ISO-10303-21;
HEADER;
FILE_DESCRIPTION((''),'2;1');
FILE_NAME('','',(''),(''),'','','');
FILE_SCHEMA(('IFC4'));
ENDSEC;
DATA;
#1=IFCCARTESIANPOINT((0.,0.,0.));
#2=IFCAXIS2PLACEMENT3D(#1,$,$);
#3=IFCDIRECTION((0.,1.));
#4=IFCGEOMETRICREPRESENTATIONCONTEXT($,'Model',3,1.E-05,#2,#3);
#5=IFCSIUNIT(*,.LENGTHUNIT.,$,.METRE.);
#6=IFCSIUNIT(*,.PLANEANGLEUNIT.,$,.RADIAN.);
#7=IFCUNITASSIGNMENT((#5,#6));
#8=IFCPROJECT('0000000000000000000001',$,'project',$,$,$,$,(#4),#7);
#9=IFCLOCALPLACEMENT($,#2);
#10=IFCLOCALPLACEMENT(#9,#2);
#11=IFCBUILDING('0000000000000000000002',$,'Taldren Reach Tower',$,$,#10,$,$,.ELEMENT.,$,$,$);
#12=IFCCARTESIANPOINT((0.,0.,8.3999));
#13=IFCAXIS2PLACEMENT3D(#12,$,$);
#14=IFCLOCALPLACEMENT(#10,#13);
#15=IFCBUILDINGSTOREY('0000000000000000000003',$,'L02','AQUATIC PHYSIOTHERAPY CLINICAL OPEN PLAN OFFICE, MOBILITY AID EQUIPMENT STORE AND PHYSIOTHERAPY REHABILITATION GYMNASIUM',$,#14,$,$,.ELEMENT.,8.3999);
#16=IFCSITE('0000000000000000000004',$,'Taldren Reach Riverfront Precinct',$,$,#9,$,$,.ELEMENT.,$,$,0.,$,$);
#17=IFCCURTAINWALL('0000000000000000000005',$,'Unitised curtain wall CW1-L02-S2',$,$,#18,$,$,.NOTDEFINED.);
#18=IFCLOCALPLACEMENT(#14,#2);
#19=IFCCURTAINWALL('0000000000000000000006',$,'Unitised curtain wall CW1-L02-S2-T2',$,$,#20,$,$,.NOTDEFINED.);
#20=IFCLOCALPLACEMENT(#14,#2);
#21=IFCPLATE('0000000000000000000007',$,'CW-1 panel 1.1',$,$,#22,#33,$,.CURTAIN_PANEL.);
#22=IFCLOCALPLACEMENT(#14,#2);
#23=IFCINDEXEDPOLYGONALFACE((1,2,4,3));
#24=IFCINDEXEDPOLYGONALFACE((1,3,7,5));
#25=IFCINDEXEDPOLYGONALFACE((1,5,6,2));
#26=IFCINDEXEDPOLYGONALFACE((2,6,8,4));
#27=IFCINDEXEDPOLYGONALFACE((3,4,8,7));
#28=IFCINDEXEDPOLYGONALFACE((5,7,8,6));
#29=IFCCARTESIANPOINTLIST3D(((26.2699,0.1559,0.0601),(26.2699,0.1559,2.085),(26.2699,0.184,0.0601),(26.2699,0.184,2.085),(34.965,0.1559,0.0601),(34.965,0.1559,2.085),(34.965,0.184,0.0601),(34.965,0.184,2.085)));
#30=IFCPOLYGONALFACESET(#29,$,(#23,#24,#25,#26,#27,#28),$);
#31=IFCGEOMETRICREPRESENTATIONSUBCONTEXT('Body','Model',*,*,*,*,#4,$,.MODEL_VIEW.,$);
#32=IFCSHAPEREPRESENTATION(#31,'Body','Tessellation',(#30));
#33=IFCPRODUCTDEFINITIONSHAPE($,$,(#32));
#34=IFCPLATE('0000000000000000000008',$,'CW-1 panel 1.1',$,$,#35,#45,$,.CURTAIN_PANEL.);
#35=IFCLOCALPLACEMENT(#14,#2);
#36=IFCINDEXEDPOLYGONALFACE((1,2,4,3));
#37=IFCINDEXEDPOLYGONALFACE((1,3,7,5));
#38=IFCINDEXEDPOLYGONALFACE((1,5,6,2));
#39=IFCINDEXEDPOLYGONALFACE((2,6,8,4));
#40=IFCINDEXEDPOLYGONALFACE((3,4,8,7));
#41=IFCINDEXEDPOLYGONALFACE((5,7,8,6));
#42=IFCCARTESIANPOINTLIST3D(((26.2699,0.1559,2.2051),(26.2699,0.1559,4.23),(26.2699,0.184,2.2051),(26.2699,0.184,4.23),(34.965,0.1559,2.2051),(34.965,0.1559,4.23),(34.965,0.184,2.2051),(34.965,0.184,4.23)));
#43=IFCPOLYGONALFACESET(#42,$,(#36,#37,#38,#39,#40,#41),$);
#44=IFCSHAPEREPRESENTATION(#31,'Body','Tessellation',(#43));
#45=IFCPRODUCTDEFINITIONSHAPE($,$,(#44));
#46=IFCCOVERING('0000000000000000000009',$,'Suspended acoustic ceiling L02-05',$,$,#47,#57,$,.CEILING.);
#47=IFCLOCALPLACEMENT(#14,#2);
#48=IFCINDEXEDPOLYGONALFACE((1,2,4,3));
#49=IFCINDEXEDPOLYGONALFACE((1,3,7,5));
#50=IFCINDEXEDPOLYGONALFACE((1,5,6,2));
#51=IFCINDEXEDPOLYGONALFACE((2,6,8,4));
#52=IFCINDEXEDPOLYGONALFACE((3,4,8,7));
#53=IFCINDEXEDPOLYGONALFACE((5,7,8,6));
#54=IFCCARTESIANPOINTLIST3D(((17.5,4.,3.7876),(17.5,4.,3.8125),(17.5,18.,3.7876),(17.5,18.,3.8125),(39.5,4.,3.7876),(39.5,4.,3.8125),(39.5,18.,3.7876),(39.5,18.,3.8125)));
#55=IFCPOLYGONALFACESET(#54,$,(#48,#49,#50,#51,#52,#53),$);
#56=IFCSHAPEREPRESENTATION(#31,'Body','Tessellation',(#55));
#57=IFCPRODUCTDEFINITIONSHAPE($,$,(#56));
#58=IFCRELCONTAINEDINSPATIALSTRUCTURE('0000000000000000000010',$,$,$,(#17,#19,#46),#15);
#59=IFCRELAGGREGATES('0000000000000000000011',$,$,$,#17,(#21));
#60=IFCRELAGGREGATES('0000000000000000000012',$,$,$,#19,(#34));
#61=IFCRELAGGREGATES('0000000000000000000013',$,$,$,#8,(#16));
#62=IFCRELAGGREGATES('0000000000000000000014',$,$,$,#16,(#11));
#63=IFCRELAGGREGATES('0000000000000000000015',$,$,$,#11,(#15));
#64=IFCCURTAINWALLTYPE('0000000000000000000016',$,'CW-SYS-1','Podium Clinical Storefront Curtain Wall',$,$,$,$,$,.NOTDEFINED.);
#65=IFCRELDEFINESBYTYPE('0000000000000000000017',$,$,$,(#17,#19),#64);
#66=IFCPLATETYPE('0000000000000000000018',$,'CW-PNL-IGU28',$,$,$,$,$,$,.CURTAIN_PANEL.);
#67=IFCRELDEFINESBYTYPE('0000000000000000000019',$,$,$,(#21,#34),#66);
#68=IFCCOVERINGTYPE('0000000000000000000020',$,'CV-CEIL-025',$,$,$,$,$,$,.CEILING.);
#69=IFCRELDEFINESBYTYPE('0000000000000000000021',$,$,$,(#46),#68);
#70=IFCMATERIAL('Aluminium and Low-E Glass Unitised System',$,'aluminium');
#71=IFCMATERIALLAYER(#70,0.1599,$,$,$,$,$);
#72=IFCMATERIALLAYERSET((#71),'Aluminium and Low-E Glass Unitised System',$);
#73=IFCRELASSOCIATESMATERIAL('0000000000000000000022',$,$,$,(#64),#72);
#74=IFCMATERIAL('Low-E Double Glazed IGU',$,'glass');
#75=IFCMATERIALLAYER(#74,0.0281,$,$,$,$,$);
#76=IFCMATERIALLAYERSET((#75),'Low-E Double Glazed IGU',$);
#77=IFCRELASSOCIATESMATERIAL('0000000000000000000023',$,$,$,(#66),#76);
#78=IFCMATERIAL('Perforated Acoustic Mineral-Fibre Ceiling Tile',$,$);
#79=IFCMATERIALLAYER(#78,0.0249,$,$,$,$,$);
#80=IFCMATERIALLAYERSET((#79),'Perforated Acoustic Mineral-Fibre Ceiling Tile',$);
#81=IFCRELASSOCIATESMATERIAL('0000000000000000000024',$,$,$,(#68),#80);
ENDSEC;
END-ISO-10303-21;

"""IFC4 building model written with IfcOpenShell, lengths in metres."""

from ifc_helpers import new_model, si_unit, direction, frame, origin, origin_2d, place, context, subcontext, project, spatial, rectangle, extrude, source, transform, mapped, material, layer, layer_set, type_object, element, aggregate, save


model = new_model("IFC4")

# Units and contexts
model_context = context("Model", 3, precision=1e-05, world=origin(), true_north=direction((0.0, 1.0)))
body_context = subcontext(model_context, "Body", "Model", "MODEL_VIEW")
ifc_project = project(units=[si_unit("LENGTHUNIT", "METRE"), si_unit("PLANEANGLEUNIT", "RADIAN")], contexts=[model_context])

# Site, building, storey
site_placement = place(None, origin())
site = spatial("IfcSite", under=ifc_project, at=site_placement, Name="Taldren Reach Riverfront Precinct", CompositionType="ELEMENT", RefElevation=0.0)
building_placement = place(site_placement, origin())
building = spatial("IfcBuilding", under=site, at=building_placement, Name="Taldren Reach Tower", CompositionType="ELEMENT")
storey_placement = place(building_placement, frame((0.0, 0.0, 8.3999)))
storey = spatial("IfcBuildingStorey", under=building, at=storey_placement, Name="L02", Description="AQUATIC PHYSIOTHERAPY CLINICAL OPEN PLAN OFFICE, MOBILITY AID EQUIPMENT STORE AND PHYSIOTHERAPY REHABILITATION GYMNASIUM", CompositionType="ELEMENT", Elevation=8.3999)

# Curtain walls
ifc_material_1 = material(Name="Aluminium and Low-E Glass Unitised System", Category="aluminium")
ifc_layer_1 = layer(ifc_material_1, 0.1599)
ifc_layer_set_1 = layer_set([ifc_layer_1], Name="Aluminium and Low-E Glass Unitised System")
curtain_wall_type = type_object("IfcCurtainWallType", Name="CW-SYS-1", Description="Podium Clinical Storefront Curtain Wall", PredefinedType="NOTDEFINED", material=ifc_layer_set_1)
curtain_wall_1_placement = place(storey_placement, origin())
curtain_wall_1 = element("IfcCurtainWall", 1, at=curtain_wall_1_placement, inside=storey, type_object=curtain_wall_type, Name="Unitised curtain wall CW1-L02-S2", PredefinedType="NOTDEFINED")
curtain_wall_2_placement = place(storey_placement, origin())
curtain_wall_2 = element("IfcCurtainWall", 2, at=curtain_wall_2_placement, inside=storey, type_object=curtain_wall_type, Name="Unitised curtain wall CW1-L02-S2-T2", PredefinedType="NOTDEFINED")

# Plates
ifc_material_2 = material(Name="Low-E Double Glazed IGU", Category="glass")
ifc_layer_2 = layer(ifc_material_2, 0.0281)
ifc_layer_set_2 = layer_set([ifc_layer_2], Name="Low-E Double Glazed IGU")
plate_type = type_object("IfcPlateType", Name="CW-PNL-IGU28", PredefinedType="CURTAIN_PANEL", material=ifc_layer_set_2)
shared_shape_1 = source(origin(), body_context, "Body", "SweptSolid", [
    extrude(rectangle(XDim=8.6951, YDim=0.0281, at=origin_2d()), origin(), (0.0, 0.0, 1.0), 2.0249),
])
plate_1_placement = place(storey_placement, frame((30.6174, 0.1699, 0.0601), z_axis=(0.0, 0.0, 1.0), x_axis=(1.0, 0.0, 0.0)))
plate_1 = element("IfcPlate", 3, at=plate_1_placement, type_object=plate_type, Name="CW-1 panel 1.1", PredefinedType="CURTAIN_PANEL", context=body_context, shape_type="MappedRepresentation", body=[
    mapped(shared_shape_1, transform((0.0, 0.0, 0.0), scale=1.0)),
])
aggregate(curtain_wall_1, [plate_1])
plate_2_placement = place(storey_placement, frame((30.6174, 0.1699, 2.2051), z_axis=(0.0, 0.0, 1.0), x_axis=(1.0, 0.0, 0.0)))
plate_2 = element("IfcPlate", 4, at=plate_2_placement, type_object=plate_type, Name="CW-1 panel 1.1", PredefinedType="CURTAIN_PANEL", context=body_context, shape_type="MappedRepresentation", body=[
    mapped(shared_shape_1, transform((0.0, 0.0, 0.0), scale=1.0)),
])
aggregate(curtain_wall_2, [plate_2])

# Covering
ifc_material_3 = material(Name="Perforated Acoustic Mineral-Fibre Ceiling Tile")
ifc_layer_3 = layer(ifc_material_3, 0.0249)
ifc_layer_set_3 = layer_set([ifc_layer_3], Name="Perforated Acoustic Mineral-Fibre Ceiling Tile")
covering_type = type_object("IfcCoveringType", Name="CV-CEIL-025", PredefinedType="CEILING", material=ifc_layer_set_3)
shared_shape_2 = source(origin(), body_context, "Body", "SweptSolid", [
    extrude(rectangle(XDim=22.0, YDim=14.0, at=origin_2d()), origin(), (0.0, 0.0, 1.0), 0.0249),
])
covering_placement = place(storey_placement, frame((28.5, 11.0, 3.7876), z_axis=(0.0, 0.0, 1.0), x_axis=(1.0, 0.0, 0.0)))
element("IfcCovering", 5, at=covering_placement, inside=storey, type_object=covering_type, Name="Suspended acoustic ceiling L02-05", PredefinedType="CEILING", context=body_context, shape_type="MappedRepresentation", body=[
    mapped(shared_shape_2, transform((0.0, 0.0, 0.0), scale=1.0)),
])

save(model, "model.ifc")
